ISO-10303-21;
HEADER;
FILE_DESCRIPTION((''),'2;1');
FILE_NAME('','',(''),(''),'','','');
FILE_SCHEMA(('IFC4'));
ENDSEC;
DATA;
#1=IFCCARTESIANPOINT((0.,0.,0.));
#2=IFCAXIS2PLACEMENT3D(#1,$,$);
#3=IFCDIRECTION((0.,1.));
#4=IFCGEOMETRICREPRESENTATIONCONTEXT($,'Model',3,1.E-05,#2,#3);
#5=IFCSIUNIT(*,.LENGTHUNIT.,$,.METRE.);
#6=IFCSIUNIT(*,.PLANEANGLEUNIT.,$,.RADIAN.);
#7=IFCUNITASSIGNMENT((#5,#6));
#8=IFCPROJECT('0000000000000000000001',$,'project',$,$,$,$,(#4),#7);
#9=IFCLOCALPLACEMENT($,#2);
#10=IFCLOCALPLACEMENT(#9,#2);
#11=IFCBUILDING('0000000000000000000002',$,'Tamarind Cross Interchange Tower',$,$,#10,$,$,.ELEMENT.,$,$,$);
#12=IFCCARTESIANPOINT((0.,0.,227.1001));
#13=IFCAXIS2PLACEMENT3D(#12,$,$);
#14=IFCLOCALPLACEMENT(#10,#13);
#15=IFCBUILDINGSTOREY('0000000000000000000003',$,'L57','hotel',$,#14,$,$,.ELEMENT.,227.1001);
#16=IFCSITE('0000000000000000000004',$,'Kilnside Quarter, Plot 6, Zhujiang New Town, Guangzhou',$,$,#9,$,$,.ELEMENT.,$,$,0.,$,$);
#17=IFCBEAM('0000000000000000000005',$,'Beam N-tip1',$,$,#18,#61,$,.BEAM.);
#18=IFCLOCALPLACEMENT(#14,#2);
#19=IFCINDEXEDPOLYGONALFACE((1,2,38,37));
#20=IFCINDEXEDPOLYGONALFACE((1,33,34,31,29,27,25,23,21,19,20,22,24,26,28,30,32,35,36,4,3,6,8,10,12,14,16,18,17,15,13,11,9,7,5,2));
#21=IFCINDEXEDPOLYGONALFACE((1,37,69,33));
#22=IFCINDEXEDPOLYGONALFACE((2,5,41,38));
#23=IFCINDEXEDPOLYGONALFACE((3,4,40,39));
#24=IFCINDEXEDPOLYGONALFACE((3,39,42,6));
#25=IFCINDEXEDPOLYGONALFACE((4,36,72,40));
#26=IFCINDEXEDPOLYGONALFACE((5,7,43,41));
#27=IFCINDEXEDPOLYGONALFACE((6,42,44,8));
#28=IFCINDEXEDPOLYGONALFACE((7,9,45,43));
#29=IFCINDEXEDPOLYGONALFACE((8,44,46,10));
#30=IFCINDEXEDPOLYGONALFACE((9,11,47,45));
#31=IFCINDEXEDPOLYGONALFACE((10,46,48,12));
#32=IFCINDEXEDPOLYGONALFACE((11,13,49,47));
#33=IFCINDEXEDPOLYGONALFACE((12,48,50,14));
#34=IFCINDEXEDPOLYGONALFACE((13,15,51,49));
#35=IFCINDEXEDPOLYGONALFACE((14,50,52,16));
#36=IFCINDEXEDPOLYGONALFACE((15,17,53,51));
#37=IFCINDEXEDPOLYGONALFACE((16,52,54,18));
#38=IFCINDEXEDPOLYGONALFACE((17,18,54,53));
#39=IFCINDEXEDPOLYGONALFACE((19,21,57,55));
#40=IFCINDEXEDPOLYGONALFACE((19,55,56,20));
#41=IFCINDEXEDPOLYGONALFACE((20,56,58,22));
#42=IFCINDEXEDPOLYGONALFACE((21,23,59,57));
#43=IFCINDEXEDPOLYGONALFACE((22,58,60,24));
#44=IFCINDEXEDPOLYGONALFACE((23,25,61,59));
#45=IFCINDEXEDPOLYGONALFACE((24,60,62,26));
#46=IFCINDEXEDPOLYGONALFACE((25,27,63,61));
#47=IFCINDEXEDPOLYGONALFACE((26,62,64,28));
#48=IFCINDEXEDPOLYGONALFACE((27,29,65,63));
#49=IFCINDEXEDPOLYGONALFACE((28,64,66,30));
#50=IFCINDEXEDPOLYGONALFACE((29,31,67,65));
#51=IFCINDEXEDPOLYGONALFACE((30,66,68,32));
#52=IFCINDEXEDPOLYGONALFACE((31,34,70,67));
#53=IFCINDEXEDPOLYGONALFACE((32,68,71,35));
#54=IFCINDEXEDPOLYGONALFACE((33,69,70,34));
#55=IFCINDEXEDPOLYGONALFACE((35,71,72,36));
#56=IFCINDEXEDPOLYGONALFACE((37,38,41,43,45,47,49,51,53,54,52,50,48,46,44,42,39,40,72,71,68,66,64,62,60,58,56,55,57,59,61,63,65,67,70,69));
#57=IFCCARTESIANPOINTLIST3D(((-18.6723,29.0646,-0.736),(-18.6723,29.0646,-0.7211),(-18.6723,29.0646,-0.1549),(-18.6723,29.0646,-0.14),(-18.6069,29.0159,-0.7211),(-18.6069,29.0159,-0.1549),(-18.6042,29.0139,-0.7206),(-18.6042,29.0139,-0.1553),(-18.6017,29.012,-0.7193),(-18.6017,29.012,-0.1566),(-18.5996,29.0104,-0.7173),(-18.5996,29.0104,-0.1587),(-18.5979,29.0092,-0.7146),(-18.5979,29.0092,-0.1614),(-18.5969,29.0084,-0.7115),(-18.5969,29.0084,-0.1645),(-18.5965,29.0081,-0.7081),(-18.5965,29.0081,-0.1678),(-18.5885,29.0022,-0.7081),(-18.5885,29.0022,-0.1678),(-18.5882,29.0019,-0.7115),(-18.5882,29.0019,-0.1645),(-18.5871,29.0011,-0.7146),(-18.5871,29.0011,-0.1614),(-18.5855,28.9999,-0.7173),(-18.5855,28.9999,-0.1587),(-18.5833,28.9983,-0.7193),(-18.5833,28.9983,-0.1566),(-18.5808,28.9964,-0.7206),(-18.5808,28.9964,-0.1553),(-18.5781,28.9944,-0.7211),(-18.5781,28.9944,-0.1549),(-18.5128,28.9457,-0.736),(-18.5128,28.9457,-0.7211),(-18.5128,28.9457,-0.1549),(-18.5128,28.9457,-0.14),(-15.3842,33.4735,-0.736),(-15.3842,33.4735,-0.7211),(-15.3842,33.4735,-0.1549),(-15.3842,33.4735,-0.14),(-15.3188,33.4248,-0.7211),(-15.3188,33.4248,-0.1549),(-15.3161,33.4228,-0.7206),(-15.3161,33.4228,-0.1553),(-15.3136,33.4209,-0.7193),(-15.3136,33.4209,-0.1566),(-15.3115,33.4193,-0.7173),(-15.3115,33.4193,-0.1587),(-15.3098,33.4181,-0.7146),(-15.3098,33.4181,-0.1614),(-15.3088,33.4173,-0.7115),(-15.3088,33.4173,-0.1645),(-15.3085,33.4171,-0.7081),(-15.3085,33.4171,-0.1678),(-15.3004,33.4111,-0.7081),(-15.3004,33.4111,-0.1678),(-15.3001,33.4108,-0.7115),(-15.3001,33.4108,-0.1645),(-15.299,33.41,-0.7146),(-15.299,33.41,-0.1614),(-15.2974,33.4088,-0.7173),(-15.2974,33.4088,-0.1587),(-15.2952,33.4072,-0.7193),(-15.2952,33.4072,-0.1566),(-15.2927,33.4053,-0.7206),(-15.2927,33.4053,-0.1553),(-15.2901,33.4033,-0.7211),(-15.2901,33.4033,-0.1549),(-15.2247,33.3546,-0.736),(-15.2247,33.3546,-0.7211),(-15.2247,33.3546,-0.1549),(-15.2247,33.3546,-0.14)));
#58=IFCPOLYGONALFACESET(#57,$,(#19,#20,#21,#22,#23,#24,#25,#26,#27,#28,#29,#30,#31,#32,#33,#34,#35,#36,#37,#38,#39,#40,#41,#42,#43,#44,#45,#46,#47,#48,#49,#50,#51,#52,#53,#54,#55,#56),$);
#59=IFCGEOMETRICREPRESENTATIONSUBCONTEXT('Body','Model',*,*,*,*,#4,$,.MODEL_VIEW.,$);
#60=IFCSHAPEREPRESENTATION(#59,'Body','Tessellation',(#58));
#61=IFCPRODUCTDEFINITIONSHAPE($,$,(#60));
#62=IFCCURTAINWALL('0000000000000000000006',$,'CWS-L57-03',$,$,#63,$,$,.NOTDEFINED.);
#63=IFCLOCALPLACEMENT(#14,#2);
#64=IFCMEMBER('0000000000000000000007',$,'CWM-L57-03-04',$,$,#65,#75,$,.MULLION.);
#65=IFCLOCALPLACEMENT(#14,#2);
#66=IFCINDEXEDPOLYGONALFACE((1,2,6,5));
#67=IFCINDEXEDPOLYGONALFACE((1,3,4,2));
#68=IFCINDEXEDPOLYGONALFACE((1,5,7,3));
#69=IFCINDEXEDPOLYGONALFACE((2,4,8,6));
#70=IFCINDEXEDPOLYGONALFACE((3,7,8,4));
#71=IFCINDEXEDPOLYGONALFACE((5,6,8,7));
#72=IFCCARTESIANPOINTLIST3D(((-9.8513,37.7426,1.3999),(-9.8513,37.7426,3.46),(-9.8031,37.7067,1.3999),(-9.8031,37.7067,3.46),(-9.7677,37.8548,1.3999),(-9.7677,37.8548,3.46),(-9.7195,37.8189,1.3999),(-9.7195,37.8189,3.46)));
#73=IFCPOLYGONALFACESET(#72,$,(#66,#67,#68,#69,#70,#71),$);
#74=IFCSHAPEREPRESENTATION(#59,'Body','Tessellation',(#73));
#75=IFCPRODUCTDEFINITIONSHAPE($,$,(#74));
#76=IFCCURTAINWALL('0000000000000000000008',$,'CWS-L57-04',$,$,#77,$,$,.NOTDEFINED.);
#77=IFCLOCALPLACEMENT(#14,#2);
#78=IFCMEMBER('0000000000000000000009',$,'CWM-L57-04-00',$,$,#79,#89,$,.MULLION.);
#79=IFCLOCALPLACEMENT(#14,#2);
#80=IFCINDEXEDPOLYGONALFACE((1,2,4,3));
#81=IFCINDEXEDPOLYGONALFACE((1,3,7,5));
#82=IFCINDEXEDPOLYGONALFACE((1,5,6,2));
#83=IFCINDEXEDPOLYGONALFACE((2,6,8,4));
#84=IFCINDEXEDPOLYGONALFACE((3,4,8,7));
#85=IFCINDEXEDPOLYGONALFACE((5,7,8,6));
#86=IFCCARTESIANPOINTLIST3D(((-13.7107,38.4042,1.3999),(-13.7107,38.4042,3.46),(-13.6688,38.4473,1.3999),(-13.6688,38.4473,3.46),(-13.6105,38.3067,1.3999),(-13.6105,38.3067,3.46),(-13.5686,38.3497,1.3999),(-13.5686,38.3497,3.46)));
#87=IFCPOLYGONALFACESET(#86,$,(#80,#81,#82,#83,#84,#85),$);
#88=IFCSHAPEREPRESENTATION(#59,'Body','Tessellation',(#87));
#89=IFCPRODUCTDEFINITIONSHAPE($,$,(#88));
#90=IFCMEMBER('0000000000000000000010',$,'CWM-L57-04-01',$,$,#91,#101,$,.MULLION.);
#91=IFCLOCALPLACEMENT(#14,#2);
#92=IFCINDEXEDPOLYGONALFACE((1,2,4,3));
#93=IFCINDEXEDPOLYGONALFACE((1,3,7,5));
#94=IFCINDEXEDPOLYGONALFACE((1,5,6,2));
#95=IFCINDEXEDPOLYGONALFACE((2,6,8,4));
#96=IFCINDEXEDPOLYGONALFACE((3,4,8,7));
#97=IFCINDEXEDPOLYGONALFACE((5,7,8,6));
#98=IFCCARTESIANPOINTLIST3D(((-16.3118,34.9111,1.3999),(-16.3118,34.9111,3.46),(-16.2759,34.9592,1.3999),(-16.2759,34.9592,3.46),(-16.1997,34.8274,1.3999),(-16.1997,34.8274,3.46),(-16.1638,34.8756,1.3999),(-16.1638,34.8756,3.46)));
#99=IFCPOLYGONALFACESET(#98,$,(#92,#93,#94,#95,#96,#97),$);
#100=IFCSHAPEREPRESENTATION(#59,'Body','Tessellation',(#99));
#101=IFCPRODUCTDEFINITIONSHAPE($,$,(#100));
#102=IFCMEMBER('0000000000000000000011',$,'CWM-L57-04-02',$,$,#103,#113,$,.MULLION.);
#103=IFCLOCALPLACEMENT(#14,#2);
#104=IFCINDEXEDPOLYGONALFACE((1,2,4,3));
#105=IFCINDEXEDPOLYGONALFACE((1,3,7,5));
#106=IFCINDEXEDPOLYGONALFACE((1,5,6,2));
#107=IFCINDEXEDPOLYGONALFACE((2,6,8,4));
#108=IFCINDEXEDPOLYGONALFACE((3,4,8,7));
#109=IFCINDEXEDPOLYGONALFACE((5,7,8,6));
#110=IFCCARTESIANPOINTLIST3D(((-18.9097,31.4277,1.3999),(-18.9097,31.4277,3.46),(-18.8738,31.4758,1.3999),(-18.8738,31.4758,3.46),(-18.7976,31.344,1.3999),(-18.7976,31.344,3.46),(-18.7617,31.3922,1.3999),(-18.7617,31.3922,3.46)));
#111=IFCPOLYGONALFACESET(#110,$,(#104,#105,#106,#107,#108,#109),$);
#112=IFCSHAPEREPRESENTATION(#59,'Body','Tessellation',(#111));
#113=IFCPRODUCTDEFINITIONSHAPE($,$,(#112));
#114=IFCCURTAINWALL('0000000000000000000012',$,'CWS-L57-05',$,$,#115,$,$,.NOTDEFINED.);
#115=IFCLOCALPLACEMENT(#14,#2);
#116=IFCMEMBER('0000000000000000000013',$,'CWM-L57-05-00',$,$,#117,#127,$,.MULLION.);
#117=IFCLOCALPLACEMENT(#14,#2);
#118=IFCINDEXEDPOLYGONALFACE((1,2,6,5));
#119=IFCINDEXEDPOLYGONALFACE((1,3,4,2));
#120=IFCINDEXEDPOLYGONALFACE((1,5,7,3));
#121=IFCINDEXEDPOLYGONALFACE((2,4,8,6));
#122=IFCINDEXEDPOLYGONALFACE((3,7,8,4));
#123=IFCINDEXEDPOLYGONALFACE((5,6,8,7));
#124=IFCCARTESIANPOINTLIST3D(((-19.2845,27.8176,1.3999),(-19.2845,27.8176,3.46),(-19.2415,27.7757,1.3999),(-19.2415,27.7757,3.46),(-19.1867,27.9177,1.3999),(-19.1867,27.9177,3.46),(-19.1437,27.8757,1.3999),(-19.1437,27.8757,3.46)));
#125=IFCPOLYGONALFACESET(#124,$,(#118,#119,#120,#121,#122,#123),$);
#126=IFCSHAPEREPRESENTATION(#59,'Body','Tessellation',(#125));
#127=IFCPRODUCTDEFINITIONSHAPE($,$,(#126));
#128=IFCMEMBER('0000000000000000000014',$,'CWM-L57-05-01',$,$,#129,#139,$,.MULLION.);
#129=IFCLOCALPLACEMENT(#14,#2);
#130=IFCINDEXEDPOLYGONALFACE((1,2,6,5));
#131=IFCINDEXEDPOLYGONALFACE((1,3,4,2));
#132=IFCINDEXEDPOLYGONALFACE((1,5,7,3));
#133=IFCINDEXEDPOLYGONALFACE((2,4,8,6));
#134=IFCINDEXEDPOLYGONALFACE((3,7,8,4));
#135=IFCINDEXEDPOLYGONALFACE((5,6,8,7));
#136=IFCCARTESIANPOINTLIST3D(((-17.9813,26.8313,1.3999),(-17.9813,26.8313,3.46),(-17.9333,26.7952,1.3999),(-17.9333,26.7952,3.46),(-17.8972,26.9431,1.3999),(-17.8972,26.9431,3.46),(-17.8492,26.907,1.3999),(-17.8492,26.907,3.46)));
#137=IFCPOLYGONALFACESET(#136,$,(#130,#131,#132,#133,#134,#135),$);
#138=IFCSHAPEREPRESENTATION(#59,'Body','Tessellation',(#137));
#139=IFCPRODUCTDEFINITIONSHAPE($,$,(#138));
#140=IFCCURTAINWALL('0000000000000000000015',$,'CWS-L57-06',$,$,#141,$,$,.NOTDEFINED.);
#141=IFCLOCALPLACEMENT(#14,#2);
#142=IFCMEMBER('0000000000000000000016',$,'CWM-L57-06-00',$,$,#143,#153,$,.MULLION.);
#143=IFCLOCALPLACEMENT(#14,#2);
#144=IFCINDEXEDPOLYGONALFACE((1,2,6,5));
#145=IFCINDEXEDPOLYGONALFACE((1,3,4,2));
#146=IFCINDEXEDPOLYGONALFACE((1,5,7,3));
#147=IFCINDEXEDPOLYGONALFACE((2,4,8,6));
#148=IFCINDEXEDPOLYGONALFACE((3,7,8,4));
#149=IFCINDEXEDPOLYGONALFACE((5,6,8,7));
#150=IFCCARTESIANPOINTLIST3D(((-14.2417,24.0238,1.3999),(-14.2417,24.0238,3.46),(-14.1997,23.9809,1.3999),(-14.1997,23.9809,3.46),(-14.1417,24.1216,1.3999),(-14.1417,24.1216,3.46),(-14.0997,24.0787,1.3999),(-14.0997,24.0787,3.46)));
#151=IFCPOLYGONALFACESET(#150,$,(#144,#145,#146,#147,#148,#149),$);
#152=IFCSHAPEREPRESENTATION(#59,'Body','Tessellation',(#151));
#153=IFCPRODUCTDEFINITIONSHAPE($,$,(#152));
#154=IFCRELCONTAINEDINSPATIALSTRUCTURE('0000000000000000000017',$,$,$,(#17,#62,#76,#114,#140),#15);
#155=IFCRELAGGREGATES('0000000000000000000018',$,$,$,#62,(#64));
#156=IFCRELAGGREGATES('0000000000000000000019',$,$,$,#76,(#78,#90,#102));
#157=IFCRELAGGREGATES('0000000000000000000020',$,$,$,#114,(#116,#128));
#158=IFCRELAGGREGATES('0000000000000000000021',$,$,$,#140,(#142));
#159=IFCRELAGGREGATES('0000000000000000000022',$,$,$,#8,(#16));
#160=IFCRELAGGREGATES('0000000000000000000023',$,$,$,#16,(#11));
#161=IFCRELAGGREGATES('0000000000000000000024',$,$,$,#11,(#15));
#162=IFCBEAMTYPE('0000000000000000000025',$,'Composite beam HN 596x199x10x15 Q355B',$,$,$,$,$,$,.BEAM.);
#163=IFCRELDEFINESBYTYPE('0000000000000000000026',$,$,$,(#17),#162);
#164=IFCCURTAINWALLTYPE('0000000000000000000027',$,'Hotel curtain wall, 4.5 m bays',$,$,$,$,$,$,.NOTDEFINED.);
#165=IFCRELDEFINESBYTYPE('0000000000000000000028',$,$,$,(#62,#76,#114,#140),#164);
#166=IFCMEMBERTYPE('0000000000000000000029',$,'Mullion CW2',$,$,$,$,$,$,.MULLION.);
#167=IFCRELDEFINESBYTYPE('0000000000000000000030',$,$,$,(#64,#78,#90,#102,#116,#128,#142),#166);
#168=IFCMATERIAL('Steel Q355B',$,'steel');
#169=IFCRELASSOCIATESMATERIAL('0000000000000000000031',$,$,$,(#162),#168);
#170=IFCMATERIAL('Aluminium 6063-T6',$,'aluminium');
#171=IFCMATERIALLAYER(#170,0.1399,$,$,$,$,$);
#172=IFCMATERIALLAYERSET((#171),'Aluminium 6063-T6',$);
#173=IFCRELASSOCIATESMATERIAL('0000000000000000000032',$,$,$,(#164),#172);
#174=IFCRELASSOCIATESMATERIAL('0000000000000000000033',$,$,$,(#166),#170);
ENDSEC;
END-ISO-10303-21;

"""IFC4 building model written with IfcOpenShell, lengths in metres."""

from ifc_helpers import new_model, si_unit, direction, frame, origin, origin_2d, place, context, subcontext, project, spatial, rectangle, i_section, extrude, material, layer, layer_set, material_profile, profile_set, type_object, element, aggregate, save


model = new_model("IFC4")

# Units and contexts
model_context = context("Model", 3, precision=1e-05, world=origin(), true_north=direction((0.0, 1.0)))
body_context = subcontext(model_context, "Body", "Model", "MODEL_VIEW")
ifc_project = project(units=[si_unit("LENGTHUNIT", "METRE"), si_unit("PLANEANGLEUNIT", "RADIAN")], contexts=[model_context])

# Site, building, storey
site_placement = place(None, origin())
site = spatial("IfcSite", under=ifc_project, at=site_placement, Name="Kilnside Quarter, Plot 6, Zhujiang New Town, Guangzhou", CompositionType="ELEMENT", RefElevation=0.0)
building_placement = place(site_placement, origin())
building = spatial("IfcBuilding", under=site, at=building_placement, Name="Tamarind Cross Interchange Tower", CompositionType="ELEMENT")
storey_placement = place(building_placement, frame((0.0, 0.0, 227.1001)))
storey = spatial("IfcBuildingStorey", under=building, at=storey_placement, Name="L57", Description="hotel", CompositionType="ELEMENT", Elevation=227.1001)

# Beam
ifc_material_1 = material(Name="Steel Q355B", Category="steel")
ifc_material_profile_1 = material_profile(ifc_material_1, i_section(OverallWidth=0.199, OverallDepth=0.5959, WebThickness=0.01, FlangeThickness=0.0149, FilletRadius=0.0129, at=origin_2d()), Name="HN 596x199x10x15")
ifc_profile_set_1 = profile_set([ifc_material_profile_1], Name="Steel Q355B")
beam_type_1 = type_object("IfcBeamType", Name="Composite beam HN 596x199x10x15 Q355B", PredefinedType="BEAM", material=ifc_profile_set_1)
beam_1_placement = place(storey_placement, frame((-15.3044, 33.4141, -0.438), z_axis=(-0.597832, -0.801622, 0.0), x_axis=(0.801622, -0.597832, 0.0)))
element("IfcBeam", 1, at=beam_1_placement, inside=storey, type_object=beam_type_1, Name="Beam N-tip1", PredefinedType="BEAM", context=body_context, shape_type="SweptSolid", body=[
    extrude(i_section(OverallWidth=0.199, OverallDepth=0.5959, WebThickness=0.01, FlangeThickness=0.0149, FilletRadius=0.0129, at=origin_2d()), origin(), (0.0, 0.0, 1.0), 5.5),
])

# Curtain wall, member
ifc_material_2 = material(Name="Aluminium 6063-T6", Category="aluminium")
ifc_layer_1 = layer(ifc_material_2, 0.1399)
ifc_layer_set_1 = layer_set([ifc_layer_1], Name="Aluminium 6063-T6")
curtain_wall_type = type_object("IfcCurtainWallType", Name="Hotel curtain wall, 4.5 m bays", PredefinedType="NOTDEFINED", material=ifc_layer_set_1)
curtain_wall_1_placement = place(storey_placement, origin())
curtain_wall_1 = element("IfcCurtainWall", 2, at=curtain_wall_1_placement, inside=storey, type_object=curtain_wall_type, Name="CWS-L57-03", PredefinedType="NOTDEFINED")
ifc_material_profile_2 = material_profile(ifc_material_2, rectangle(XDim=0.0601, YDim=0.1399, at=origin_2d()), Name="Mullion CW2")
ifc_profile_set_2 = profile_set([ifc_material_profile_2], Name="Aluminium 6063-T6")
member_type = type_object("IfcMemberType", Name="Mullion CW2", PredefinedType="MULLION", material=ifc_profile_set_2)
member_1_placement = place(storey_placement, frame((-9.7854, 37.7808, 1.3999), z_axis=(0.0, 0.0, 1.0), x_axis=(-0.801617, 0.597838, 0.0)))
member_1 = element("IfcMember", 3, at=member_1_placement, type_object=member_type, Name="CWM-L57-03-04", PredefinedType="MULLION", context=body_context, shape_type="SweptSolid", body=[
    extrude(rectangle(XDim=0.0601, YDim=0.1399, at=origin_2d()), origin(), (0.0, 0.0, 1.0), 2.0601),
])
aggregate(curtain_wall_1, [member_1])

# Curtain walls, members
curtain_wall_2_placement = place(storey_placement, origin())
curtain_wall_2 = element("IfcCurtainWall", 4, at=curtain_wall_2_placement, inside=storey, type_object=curtain_wall_type, Name="CWS-L57-04", PredefinedType="NOTDEFINED")
member_2_placement = place(storey_placement, frame((-13.6396, 38.377, 1.3999), z_axis=(0.0, 0.0, 1.0), x_axis=(-0.697355, -0.716726, 0.0)))
member_2 = element("IfcMember", 5, at=member_2_placement, type_object=member_type, Name="CWM-L57-04-00", PredefinedType="MULLION", context=body_context, shape_type="SweptSolid", body=[
    extrude(rectangle(XDim=0.0601, YDim=0.1399, at=origin_2d()), origin(), (0.0, 0.0, 1.0), 2.0601),
])
member_3_placement = place(storey_placement, frame((-16.2378, 34.8933, 1.3999), z_axis=(0.0, 0.0, 1.0), x_axis=(-0.597838, -0.801617, 0.0)))
member_3 = element("IfcMember", 6, at=member_3_placement, type_object=member_type, Name="CWM-L57-04-01", PredefinedType="MULLION", context=body_context, shape_type="SweptSolid", body=[
    extrude(rectangle(XDim=0.0601, YDim=0.1399, at=origin_2d()), origin(), (0.0, 0.0, 1.0), 2.0601),
])
member_4_placement = place(storey_placement, frame((-18.8357, 31.4099, 1.3999), z_axis=(0.0, 0.0, 1.0), x_axis=(-0.597838, -0.801617, 0.0)))
member_4 = element("IfcMember", 7, at=member_4_placement, type_object=member_type, Name="CWM-L57-04-02", PredefinedType="MULLION", context=body_context, shape_type="SweptSolid", body=[
    extrude(rectangle(XDim=0.0601, YDim=0.1399, at=origin_2d()), origin(), (0.0, 0.0, 1.0), 2.0601),
])
aggregate(curtain_wall_2, [member_2, member_3, member_4])
curtain_wall_3_placement = place(storey_placement, origin())
curtain_wall_3 = element("IfcCurtainWall", 8, at=curtain_wall_3_placement, inside=storey, type_object=curtain_wall_type, Name="CWS-L57-05", PredefinedType="NOTDEFINED")
member_5_placement = place(storey_placement, frame((-19.2141, 27.8467, 1.3999), z_axis=(0.0, 0.0, 1.0), x_axis=(0.715209, -0.698911, 0.0)))
member_5 = element("IfcMember", 9, at=member_5_placement, type_object=member_type, Name="CWM-L57-05-00", PredefinedType="MULLION", context=body_context, shape_type="SweptSolid", body=[
    extrude(rectangle(XDim=0.0601, YDim=0.1399, at=origin_2d()), origin(), (0.0, 0.0, 1.0), 2.0601),
])
member_6_placement = place(storey_placement, frame((-17.9153, 26.8691, 1.3999), z_axis=(0.0, 0.0, 1.0), x_axis=(0.799011, -0.601316, 0.0)))
member_6 = element("IfcMember", 10, at=member_6_placement, type_object=member_type, Name="CWM-L57-05-01", PredefinedType="MULLION", context=body_context, shape_type="SweptSolid", body=[
    extrude(rectangle(XDim=0.0601, YDim=0.1399, at=origin_2d()), origin(), (0.0, 0.0, 1.0), 2.0601),
])
aggregate(curtain_wall_3, [member_5, member_6])

# Curtain wall, member
curtain_wall_4_placement = place(storey_placement, origin())
curtain_wall_4 = element("IfcCurtainWall", 11, at=curtain_wall_4_placement, inside=storey, type_object=curtain_wall_type, Name="CWS-L57-06", PredefinedType="NOTDEFINED")
member_7_placement = place(storey_placement, frame((-14.1707, 24.0513, 1.3999), z_axis=(0.0, 0.0, 1.0), x_axis=(0.699317, -0.714811, 0.0)))
member_7 = element("IfcMember", 12, at=member_7_placement, type_object=member_type, Name="CWM-L57-06-00", PredefinedType="MULLION", context=body_context, shape_type="SweptSolid", body=[
    extrude(rectangle(XDim=0.0601, YDim=0.1399, at=origin_2d()), origin(), (0.0, 0.0, 1.0), 2.0601),
])
aggregate(curtain_wall_4, [member_7])

save(model, "model.ifc")
